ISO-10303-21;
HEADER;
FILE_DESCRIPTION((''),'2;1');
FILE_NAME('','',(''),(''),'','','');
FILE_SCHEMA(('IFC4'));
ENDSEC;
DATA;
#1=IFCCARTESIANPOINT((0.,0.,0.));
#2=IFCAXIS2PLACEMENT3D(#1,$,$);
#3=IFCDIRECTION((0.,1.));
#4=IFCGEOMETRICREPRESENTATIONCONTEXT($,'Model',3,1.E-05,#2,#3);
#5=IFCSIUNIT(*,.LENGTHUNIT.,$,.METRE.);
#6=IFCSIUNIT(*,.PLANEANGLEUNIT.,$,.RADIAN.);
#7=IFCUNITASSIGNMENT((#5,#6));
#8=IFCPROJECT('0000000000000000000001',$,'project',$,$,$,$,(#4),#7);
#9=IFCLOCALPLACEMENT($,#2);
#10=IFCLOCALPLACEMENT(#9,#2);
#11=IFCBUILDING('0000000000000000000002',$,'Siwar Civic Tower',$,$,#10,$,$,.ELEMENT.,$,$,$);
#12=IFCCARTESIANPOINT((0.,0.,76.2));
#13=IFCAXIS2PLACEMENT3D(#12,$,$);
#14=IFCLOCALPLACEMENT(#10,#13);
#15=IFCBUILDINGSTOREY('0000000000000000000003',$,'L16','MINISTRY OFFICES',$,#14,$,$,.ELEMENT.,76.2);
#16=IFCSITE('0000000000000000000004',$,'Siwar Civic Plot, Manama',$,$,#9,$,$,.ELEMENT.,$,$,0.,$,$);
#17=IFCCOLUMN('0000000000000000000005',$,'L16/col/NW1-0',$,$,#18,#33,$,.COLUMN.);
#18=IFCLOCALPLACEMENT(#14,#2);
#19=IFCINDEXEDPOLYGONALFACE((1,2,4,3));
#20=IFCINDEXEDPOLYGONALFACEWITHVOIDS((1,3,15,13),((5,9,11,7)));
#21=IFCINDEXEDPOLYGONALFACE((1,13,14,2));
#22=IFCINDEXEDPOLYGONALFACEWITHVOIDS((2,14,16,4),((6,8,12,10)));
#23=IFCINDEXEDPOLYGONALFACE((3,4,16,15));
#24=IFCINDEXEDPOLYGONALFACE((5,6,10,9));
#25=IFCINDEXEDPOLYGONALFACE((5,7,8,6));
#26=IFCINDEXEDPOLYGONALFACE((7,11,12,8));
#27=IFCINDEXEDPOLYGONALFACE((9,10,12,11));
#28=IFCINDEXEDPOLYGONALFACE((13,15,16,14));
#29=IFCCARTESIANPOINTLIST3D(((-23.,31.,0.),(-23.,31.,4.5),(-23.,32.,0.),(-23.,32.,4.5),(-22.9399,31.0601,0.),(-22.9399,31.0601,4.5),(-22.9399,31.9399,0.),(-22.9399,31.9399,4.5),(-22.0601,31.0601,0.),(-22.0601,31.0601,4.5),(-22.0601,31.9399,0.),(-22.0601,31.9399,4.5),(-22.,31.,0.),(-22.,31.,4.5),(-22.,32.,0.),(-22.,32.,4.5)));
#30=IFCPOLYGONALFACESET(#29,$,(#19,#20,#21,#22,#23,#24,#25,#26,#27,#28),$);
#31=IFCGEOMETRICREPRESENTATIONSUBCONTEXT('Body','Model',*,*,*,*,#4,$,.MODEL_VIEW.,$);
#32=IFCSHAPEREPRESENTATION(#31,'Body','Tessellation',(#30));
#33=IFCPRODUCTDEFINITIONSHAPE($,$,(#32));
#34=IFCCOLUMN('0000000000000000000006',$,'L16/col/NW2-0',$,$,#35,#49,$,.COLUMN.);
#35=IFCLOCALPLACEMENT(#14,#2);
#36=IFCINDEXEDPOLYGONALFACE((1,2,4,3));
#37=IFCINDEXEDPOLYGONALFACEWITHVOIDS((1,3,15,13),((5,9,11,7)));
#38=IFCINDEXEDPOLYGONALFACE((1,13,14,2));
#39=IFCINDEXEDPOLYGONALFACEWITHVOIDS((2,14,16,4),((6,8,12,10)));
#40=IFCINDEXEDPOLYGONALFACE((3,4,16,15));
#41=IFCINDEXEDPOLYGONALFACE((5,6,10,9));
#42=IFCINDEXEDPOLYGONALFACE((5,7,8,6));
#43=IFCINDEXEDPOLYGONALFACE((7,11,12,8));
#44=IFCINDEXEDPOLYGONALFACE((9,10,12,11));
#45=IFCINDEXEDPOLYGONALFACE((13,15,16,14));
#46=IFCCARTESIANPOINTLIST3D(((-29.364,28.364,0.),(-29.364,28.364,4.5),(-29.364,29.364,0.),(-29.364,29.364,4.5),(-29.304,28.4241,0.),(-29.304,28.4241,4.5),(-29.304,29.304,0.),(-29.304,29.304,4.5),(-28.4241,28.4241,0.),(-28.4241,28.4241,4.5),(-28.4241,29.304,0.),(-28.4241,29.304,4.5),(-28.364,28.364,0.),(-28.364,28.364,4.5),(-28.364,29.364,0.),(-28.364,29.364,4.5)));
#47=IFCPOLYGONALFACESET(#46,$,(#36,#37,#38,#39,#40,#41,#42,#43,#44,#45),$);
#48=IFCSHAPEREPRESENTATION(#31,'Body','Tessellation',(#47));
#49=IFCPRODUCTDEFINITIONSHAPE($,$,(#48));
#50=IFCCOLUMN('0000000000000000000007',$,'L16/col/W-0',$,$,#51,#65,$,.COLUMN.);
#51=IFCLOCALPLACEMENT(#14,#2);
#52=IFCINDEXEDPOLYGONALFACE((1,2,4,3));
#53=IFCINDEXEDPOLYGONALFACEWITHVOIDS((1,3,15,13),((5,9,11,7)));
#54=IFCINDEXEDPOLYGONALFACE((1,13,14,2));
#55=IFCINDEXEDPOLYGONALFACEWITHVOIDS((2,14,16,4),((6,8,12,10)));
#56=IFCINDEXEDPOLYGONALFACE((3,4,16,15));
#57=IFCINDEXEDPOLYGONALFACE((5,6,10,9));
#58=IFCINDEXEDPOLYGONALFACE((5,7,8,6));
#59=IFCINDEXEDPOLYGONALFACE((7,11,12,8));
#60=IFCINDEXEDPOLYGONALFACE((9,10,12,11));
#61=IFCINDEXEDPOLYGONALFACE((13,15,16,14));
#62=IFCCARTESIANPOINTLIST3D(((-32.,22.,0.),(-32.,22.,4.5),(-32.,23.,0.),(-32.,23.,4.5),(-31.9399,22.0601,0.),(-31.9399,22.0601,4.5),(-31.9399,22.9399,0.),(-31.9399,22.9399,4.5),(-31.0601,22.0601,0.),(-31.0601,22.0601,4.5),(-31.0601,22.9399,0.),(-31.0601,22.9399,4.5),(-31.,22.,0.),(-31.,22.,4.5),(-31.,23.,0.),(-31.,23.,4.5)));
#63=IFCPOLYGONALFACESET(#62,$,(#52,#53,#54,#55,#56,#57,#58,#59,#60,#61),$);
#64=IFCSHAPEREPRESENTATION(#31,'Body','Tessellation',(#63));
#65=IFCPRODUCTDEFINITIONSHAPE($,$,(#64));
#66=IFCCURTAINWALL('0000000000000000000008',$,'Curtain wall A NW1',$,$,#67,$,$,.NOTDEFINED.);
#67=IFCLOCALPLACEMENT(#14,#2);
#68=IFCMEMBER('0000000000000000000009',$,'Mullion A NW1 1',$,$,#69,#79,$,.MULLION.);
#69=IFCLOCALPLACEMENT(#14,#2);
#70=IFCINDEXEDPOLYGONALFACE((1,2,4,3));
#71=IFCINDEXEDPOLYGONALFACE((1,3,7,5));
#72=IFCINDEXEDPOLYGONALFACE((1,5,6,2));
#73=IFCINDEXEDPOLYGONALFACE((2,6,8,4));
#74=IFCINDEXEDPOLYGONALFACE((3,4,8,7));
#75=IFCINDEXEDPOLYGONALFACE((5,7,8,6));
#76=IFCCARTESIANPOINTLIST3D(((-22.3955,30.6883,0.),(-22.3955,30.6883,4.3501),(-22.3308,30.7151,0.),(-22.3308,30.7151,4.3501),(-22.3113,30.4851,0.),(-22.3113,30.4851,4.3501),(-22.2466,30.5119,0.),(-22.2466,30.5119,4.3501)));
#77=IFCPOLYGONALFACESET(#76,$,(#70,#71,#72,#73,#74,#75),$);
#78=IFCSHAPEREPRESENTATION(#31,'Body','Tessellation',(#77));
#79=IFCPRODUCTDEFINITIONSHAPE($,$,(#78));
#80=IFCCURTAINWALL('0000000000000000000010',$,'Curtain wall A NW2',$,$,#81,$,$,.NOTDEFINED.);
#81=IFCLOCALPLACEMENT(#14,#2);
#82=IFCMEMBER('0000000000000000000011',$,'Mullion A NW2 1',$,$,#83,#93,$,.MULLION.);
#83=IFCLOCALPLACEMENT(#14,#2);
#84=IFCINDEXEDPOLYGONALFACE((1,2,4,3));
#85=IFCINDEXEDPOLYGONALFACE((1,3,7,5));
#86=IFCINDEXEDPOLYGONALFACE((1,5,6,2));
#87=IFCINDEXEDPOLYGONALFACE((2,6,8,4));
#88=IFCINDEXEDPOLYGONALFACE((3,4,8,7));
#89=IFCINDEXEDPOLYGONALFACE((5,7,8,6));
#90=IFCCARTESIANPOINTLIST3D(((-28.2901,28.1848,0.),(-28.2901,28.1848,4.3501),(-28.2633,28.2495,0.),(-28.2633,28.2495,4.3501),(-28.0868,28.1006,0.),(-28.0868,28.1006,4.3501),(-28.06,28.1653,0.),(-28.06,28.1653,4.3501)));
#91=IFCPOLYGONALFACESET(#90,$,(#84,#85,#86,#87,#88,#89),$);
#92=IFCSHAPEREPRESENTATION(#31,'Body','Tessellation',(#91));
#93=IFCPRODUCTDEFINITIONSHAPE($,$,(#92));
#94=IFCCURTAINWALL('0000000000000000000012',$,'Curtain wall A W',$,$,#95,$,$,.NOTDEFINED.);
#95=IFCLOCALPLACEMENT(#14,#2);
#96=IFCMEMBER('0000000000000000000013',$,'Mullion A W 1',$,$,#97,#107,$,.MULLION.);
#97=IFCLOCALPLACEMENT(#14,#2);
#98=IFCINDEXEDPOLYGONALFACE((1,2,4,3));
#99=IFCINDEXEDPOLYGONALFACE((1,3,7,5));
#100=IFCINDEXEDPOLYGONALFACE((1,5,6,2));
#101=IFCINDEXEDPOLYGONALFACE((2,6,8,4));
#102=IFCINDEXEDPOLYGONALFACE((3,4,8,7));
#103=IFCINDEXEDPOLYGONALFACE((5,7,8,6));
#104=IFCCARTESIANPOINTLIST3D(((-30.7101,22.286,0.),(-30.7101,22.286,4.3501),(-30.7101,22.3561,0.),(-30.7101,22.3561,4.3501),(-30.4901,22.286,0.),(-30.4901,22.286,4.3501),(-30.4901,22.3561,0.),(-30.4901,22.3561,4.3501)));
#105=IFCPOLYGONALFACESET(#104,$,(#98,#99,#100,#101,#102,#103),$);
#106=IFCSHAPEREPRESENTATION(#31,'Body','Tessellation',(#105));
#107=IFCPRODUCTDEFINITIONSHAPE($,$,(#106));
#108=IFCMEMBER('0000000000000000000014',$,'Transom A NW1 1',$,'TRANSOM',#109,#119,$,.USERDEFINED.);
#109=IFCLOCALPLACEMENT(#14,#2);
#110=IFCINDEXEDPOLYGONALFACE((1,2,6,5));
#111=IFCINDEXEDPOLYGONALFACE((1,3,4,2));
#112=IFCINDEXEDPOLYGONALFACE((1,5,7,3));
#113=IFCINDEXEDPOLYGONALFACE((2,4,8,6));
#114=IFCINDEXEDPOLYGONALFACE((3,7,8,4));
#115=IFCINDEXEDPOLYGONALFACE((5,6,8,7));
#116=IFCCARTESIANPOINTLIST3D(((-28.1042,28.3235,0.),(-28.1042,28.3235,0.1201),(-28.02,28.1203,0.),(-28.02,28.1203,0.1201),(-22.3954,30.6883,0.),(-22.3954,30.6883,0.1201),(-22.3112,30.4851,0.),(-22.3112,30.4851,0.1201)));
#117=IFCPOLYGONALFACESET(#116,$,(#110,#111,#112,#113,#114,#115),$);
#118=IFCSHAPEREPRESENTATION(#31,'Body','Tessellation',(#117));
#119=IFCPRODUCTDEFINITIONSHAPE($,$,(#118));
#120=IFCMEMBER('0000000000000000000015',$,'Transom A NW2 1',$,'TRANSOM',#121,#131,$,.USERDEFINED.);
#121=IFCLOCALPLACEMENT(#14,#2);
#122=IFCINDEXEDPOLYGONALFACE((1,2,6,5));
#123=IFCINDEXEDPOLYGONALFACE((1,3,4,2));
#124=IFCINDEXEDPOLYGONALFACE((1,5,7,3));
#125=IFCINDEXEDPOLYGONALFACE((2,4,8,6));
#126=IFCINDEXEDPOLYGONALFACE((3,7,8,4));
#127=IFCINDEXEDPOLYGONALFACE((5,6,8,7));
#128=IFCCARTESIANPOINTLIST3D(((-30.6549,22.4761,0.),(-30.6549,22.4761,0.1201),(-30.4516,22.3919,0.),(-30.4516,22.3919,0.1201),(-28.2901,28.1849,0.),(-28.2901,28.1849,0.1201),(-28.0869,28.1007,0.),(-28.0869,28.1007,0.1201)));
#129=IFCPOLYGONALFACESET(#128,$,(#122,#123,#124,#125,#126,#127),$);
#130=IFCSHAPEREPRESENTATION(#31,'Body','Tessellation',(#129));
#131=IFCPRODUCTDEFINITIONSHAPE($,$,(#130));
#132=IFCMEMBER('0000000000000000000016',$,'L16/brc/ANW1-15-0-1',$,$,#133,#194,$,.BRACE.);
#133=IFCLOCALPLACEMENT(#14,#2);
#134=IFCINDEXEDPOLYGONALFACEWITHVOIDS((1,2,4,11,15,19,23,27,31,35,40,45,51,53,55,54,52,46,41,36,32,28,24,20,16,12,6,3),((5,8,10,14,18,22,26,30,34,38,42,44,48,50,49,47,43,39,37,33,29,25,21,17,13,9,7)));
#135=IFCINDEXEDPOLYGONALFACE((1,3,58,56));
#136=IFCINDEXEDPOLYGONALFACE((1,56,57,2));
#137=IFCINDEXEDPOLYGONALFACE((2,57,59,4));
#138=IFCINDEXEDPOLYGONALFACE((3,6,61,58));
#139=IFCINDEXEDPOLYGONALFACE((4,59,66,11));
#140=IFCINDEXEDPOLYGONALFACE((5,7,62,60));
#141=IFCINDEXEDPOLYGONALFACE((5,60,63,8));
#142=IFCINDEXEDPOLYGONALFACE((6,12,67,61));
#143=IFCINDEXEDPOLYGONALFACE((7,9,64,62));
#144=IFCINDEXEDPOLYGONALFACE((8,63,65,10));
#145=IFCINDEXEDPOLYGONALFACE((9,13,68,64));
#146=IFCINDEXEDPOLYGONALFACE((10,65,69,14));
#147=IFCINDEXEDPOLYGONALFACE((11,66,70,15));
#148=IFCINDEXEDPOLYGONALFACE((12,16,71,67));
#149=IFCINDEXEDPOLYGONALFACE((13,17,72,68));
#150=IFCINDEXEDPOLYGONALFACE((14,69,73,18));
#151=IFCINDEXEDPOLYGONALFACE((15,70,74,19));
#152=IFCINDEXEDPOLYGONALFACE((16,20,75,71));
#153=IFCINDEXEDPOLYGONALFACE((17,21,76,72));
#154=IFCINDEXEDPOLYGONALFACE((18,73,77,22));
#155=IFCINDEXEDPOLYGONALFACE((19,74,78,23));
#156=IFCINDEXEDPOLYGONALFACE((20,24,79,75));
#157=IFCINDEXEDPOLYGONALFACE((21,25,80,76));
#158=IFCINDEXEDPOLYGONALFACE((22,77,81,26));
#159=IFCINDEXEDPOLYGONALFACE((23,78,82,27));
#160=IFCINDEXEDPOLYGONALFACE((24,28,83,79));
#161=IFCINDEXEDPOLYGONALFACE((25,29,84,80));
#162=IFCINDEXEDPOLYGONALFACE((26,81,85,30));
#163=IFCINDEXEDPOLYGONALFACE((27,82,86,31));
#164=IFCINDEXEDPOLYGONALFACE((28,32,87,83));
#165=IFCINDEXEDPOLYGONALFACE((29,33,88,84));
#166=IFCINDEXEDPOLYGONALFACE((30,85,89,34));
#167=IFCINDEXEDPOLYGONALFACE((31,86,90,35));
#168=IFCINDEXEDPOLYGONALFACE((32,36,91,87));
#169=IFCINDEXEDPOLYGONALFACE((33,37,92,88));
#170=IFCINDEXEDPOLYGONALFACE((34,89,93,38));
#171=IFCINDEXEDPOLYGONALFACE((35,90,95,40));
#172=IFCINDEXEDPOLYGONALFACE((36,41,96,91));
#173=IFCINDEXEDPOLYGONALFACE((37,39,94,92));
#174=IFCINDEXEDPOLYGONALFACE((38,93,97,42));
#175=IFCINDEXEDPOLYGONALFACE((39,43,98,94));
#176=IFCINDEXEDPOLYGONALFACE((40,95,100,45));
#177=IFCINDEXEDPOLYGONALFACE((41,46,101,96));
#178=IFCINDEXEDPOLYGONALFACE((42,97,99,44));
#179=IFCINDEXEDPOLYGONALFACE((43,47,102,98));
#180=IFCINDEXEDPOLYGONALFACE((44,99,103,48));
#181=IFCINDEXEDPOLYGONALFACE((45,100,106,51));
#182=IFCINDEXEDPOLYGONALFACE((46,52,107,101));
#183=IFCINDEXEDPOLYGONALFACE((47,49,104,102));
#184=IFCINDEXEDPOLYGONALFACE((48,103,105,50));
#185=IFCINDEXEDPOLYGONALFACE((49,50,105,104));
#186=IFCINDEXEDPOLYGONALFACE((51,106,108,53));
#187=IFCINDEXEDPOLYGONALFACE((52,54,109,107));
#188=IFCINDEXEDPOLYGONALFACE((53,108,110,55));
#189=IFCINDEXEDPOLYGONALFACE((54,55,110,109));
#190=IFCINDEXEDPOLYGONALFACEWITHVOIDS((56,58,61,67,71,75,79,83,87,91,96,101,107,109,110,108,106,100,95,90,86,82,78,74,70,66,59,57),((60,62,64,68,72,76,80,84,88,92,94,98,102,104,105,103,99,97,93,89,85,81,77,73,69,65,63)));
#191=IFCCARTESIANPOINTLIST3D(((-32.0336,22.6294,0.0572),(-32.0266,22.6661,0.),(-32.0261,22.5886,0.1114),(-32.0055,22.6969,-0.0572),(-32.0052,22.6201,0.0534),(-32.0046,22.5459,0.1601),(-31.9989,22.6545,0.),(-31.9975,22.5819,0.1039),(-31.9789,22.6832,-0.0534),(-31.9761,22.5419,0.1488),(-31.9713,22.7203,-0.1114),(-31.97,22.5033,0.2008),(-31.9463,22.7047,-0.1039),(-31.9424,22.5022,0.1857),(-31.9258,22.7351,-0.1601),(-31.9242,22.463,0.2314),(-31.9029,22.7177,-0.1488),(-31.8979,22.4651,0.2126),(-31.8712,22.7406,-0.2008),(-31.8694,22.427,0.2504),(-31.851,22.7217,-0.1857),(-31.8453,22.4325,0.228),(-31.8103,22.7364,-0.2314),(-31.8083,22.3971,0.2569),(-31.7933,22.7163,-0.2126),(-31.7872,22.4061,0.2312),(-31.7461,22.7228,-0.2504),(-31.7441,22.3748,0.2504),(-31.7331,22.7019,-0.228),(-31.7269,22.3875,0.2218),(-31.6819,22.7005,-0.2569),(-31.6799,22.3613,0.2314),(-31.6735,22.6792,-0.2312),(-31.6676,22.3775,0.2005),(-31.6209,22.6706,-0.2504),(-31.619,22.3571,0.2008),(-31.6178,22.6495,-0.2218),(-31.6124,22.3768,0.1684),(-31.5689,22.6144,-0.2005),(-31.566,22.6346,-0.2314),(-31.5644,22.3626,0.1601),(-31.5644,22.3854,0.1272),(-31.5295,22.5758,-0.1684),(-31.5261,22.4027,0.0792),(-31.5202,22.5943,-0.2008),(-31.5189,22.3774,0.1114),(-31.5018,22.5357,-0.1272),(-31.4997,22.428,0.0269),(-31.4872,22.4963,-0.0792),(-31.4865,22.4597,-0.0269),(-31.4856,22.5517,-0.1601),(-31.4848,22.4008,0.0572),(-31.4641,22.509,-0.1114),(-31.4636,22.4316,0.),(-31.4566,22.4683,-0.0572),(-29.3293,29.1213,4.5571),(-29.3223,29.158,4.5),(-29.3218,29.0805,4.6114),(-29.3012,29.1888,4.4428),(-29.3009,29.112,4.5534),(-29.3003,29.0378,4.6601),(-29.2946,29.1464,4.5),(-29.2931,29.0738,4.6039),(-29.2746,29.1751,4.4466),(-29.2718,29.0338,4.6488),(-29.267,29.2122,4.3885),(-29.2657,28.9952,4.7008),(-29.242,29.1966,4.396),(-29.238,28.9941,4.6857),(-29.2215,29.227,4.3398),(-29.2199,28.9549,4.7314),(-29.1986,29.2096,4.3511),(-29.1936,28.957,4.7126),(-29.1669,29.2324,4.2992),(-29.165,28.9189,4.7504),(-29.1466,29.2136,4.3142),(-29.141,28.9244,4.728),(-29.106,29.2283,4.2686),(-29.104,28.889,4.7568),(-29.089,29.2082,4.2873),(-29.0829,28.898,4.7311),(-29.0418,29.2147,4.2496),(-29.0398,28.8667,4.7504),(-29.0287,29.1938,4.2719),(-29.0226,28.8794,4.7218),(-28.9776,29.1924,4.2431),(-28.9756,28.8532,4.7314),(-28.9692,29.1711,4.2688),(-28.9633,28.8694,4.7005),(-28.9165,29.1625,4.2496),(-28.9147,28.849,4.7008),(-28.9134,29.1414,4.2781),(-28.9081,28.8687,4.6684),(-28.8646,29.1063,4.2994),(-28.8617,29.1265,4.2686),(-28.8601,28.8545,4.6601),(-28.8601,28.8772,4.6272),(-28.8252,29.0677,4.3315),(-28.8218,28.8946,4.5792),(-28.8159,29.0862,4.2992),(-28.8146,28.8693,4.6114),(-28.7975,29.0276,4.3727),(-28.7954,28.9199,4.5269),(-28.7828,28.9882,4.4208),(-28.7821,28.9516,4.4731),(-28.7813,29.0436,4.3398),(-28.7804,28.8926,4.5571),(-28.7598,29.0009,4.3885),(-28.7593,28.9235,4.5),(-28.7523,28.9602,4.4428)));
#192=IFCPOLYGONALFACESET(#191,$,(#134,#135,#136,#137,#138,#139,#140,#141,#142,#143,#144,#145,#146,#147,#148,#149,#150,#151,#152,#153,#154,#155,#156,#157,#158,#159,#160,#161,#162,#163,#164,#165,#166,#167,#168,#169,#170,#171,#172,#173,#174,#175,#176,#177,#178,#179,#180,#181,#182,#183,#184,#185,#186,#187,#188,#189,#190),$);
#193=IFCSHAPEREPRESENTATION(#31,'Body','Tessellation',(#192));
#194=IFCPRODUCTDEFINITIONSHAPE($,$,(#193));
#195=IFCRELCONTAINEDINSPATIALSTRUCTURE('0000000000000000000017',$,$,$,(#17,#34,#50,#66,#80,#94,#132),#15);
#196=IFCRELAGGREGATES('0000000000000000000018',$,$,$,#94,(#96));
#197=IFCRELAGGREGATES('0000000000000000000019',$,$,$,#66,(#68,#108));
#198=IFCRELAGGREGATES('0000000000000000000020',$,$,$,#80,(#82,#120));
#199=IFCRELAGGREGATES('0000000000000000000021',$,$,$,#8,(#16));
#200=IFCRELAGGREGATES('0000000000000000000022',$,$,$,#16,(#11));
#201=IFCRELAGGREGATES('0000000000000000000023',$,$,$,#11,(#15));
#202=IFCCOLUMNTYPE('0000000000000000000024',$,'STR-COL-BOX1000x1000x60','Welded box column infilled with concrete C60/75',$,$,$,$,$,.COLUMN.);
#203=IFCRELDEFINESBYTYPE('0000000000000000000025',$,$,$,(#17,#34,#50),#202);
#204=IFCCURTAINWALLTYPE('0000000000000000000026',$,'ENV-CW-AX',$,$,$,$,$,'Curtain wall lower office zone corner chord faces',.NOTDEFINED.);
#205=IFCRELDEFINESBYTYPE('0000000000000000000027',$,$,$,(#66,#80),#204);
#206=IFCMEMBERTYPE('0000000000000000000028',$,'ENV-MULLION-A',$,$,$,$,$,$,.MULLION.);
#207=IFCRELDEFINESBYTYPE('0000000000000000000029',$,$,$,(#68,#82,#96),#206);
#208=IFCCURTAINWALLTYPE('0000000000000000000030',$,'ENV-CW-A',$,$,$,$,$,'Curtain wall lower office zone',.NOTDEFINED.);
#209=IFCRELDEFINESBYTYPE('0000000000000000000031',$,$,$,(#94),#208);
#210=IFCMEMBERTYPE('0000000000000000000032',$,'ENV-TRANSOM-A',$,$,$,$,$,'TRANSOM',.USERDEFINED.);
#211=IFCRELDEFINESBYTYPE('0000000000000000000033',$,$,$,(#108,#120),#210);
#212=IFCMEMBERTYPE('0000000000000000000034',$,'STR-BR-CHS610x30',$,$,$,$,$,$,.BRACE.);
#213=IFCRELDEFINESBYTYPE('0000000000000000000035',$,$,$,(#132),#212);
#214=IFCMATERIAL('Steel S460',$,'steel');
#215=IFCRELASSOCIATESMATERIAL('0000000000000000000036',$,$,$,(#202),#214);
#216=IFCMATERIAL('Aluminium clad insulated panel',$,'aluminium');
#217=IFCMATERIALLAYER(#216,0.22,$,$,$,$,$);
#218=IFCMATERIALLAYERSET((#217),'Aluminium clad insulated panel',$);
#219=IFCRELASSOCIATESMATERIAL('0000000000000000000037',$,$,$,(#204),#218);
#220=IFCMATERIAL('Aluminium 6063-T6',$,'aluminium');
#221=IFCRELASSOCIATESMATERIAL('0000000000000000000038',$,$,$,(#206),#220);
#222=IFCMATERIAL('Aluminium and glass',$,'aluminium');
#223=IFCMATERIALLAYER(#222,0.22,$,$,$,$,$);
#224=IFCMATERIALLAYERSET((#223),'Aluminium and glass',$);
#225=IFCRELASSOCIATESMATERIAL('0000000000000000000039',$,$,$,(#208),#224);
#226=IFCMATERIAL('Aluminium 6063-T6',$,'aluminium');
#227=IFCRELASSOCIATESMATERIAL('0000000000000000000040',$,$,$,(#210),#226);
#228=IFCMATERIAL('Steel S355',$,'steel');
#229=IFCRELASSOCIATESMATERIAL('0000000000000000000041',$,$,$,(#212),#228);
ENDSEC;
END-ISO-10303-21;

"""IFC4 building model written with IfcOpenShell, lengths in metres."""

from ifc_helpers import new_model, si_unit, direction, frame, origin, origin_2d, place, context, subcontext, project, spatial, rectangle, hollow_rectangle, hollow_circle, extrude, material, layer, layer_set, material_profile, profile_set, type_object, element, aggregate, save


model = new_model("IFC4")

# Units and contexts
model_context = context("Model", 3, precision=1e-05, world=origin(), true_north=direction((0.0, 1.0)))
body_context = subcontext(model_context, "Body", "Model", "MODEL_VIEW")
ifc_project = project(units=[si_unit("LENGTHUNIT", "METRE"), si_unit("PLANEANGLEUNIT", "RADIAN")], contexts=[model_context])

# Site, building, storey
site_placement = place(None, origin())
site = spatial("IfcSite", under=ifc_project, at=site_placement, Name="Siwar Civic Plot, Manama", CompositionType="ELEMENT", RefElevation=0.0)
building_placement = place(site_placement, origin())
building = spatial("IfcBuilding", under=site, at=building_placement, Name="Siwar Civic Tower", CompositionType="ELEMENT")
storey_placement = place(building_placement, frame((0.0, 0.0, 76.2)))
storey = spatial("IfcBuildingStorey", under=building, at=storey_placement, Name="L16", Description="MINISTRY OFFICES", CompositionType="ELEMENT", Elevation=76.2)

# Columns
ifc_material_1 = material(Name="Steel S460", Category="steel")
ifc_material_profile_1 = material_profile(ifc_material_1, hollow_rectangle(XDim=1.0, YDim=1.0, WallThickness=0.0601, at=origin_2d()), Name="BOX1000x1000x60")
ifc_profile_set_1 = profile_set([ifc_material_profile_1], Name="Steel S460")
column_type = type_object("IfcColumnType", Name="STR-COL-BOX1000x1000x60", Description="Welded box column infilled with concrete C60/75", PredefinedType="COLUMN", material=ifc_profile_set_1)
for number, where, z_axis, x_axis, name in (
    (1, (-22.5, 31.5, 0.0), (0.0, 0.0, 1.0), (1.0, 0.0, 0.0), "L16/col/NW1-0"),
    (2, (-28.864, 28.864, 0.0), (0.0, 0.0, 1.0), (1.0, 0.0, 0.0), "L16/col/NW2-0"),
    (3, (-31.5, 22.5, 0.0), (0.0, 0.0, 1.0), (1.0, 0.0, 0.0), "L16/col/W-0"),
):
    element("IfcColumn", number, at=place(storey_placement, frame(where, z_axis=z_axis, x_axis=x_axis)), inside=storey, type_object=column_type, Name=name, PredefinedType="COLUMN", context=body_context, shape_type="SweptSolid", body=[
        extrude(hollow_rectangle(XDim=1.0, YDim=1.0, WallThickness=0.0601, at=origin_2d()), origin(), (0.0, 0.0, 1.0), 4.5),
    ])

# Curtain walls, members
ifc_material_2 = material(Name="Aluminium clad insulated panel", Category="aluminium")
ifc_layer_1 = layer(ifc_material_2, 0.22)
ifc_layer_set_1 = layer_set([ifc_layer_1], Name="Aluminium clad insulated panel")
curtain_wall_type_1 = type_object("IfcCurtainWallType", Name="ENV-CW-AX", ElementType="Curtain wall lower office zone corner chord faces", PredefinedType="NOTDEFINED", material=ifc_layer_set_1)
curtain_wall_1_placement = place(storey_placement, origin())
curtain_wall_1 = element("IfcCurtainWall", 4, at=curtain_wall_1_placement, inside=storey, type_object=curtain_wall_type_1, Name="Curtain wall A NW1", PredefinedType="NOTDEFINED")
ifc_material_3 = material(Name="Aluminium 6063-T6", Category="aluminium")
ifc_material_profile_2 = material_profile(ifc_material_3, rectangle(XDim=0.22, YDim=0.0701, at=origin_2d()), Name="AL 220x70")
ifc_profile_set_2 = profile_set([ifc_material_profile_2], Name="Aluminium 6063-T6")
member_type_1 = type_object("IfcMemberType", Name="ENV-MULLION-A", PredefinedType="MULLION", material=ifc_profile_set_2)
member_1_placement = place(storey_placement, frame((-22.321, 30.6001, 0.0), z_axis=(0.0, 0.0, 1.0), x_axis=(0.382683, -0.92388, 0.0)))
member_1 = element("IfcMember", 5, at=member_1_placement, type_object=member_type_1, Name="Mullion A NW1 1", PredefinedType="MULLION", context=body_context, shape_type="SweptSolid", body=[
    extrude(rectangle(XDim=0.22, YDim=0.0701, at=origin_2d()), origin(), (0.0, 0.0, 1.0), 4.3501),
])
curtain_wall_2_placement = place(storey_placement, origin())
curtain_wall_2 = element("IfcCurtainWall", 6, at=curtain_wall_2_placement, inside=storey, type_object=curtain_wall_type_1, Name="Curtain wall A NW2", PredefinedType="NOTDEFINED")
member_2_placement = place(storey_placement, frame((-28.175, 28.175, 0.0), z_axis=(0.0, 0.0, 1.0), x_axis=(0.92388, -0.382683, 0.0)))
member_2 = element("IfcMember", 7, at=member_2_placement, type_object=member_type_1, Name="Mullion A NW2 1", PredefinedType="MULLION", context=body_context, shape_type="SweptSolid", body=[
    extrude(rectangle(XDim=0.22, YDim=0.0701, at=origin_2d()), origin(), (0.0, 0.0, 1.0), 4.3501),
])
ifc_material_4 = material(Name="Aluminium and glass", Category="aluminium")
ifc_layer_2 = layer(ifc_material_4, 0.22)
ifc_layer_set_2 = layer_set([ifc_layer_2], Name="Aluminium and glass")
curtain_wall_type_2 = type_object("IfcCurtainWallType", Name="ENV-CW-A", ElementType="Curtain wall lower office zone", PredefinedType="NOTDEFINED", material=ifc_layer_set_2)
curtain_wall_3_placement = place(storey_placement, origin())
curtain_wall_3 = element("IfcCurtainWall", 8, at=curtain_wall_3_placement, inside=storey, type_object=curtain_wall_type_2, Name="Curtain wall A W", PredefinedType="NOTDEFINED")
member_3_placement = place(storey_placement, frame((-30.6001, 22.321, 0.0), z_axis=(0.0, 0.0, 1.0), x_axis=(1.0, 0.0, 0.0)))
member_3 = element("IfcMember", 9, at=member_3_placement, type_object=member_type_1, Name="Mullion A W 1", PredefinedType="MULLION", context=body_context, shape_type="SweptSolid", body=[
    extrude(rectangle(XDim=0.22, YDim=0.0701, at=origin_2d()), origin(), (0.0, 0.0, 1.0), 4.3501),
])
aggregate(curtain_wall_3, [member_3])

# Members
ifc_material_5 = material(Name="Aluminium 6063-T6", Category="aluminium")
ifc_material_profile_3 = material_profile(ifc_material_5, rectangle(XDim=0.22, YDim=0.1201, at=origin_2d()), Name="AL 220x120")
ifc_profile_set_3 = profile_set([ifc_material_profile_3], Name="Aluminium 6063-T6")
member_type_2 = type_object("IfcMemberType", Name="ENV-TRANSOM-A", ElementType="TRANSOM", PredefinedType="USERDEFINED", material=ifc_profile_set_3)
member_4_placement = place(storey_placement, frame((-22.3533, 30.5867, 0.0601), z_axis=(-0.923873, -0.382698, 0.0), x_axis=(0.382698, -0.923873, 0.0)))
member_4 = element("IfcMember", 10, at=member_4_placement, type_object=member_type_2, Name="Transom A NW1 1", ObjectType="TRANSOM", PredefinedType="USERDEFINED", context=body_context, shape_type="SweptSolid", body=[
    extrude(rectangle(XDim=0.22, YDim=0.1201, at=origin_2d()), origin(), (0.0, 0.0, 1.0), 6.1792),
])
member_5_placement = place(storey_placement, frame((-28.1885, 28.1428, 0.0601), z_axis=(-0.382698, -0.923873, 0.0), x_axis=(0.923873, -0.382698, 0.0)))
member_5 = element("IfcMember", 11, at=member_5_placement, type_object=member_type_2, Name="Transom A NW2 1", ObjectType="TRANSOM", PredefinedType="USERDEFINED", context=body_context, shape_type="SweptSolid", body=[
    extrude(rectangle(XDim=0.22, YDim=0.1201, at=origin_2d()), origin(), (0.0, 0.0, 1.0), 6.1792),
])

# Member
ifc_material_6 = material(Name="Steel S355", Category="steel")
ifc_material_profile_4 = material_profile(ifc_material_6, hollow_circle(Radius=0.3049, WallThickness=0.03, at=origin_2d()), Name="CHS610x30")
ifc_profile_set_4 = profile_set([ifc_material_profile_4], Name="Steel S355")
member_type_3 = type_object("IfcMemberType", Name="STR-BR-CHS610x30", PredefinedType="BRACE", material=ifc_profile_set_4)
member_6_placement = place(storey_placement, frame((-31.7451, 22.5488, 0.0), z_axis=(0.323906, 0.777555, 0.538975), x_axis=(-0.923109, 0.384539, 0.0)))
element("IfcMember", 12, at=member_6_placement, inside=storey, type_object=member_type_3, Name="L16/brc/ANW1-15-0-1", PredefinedType="BRACE", context=body_context, shape_type="SweptSolid", body=[
    extrude(hollow_circle(Radius=0.3049, WallThickness=0.03, at=origin_2d()), origin(), (0.0, 0.0, 1.0), 8.3491),
])

aggregate(curtain_wall_1, [member_1, member_4])
aggregate(curtain_wall_2, [member_2, member_5])

save(model, "model.ifc")
